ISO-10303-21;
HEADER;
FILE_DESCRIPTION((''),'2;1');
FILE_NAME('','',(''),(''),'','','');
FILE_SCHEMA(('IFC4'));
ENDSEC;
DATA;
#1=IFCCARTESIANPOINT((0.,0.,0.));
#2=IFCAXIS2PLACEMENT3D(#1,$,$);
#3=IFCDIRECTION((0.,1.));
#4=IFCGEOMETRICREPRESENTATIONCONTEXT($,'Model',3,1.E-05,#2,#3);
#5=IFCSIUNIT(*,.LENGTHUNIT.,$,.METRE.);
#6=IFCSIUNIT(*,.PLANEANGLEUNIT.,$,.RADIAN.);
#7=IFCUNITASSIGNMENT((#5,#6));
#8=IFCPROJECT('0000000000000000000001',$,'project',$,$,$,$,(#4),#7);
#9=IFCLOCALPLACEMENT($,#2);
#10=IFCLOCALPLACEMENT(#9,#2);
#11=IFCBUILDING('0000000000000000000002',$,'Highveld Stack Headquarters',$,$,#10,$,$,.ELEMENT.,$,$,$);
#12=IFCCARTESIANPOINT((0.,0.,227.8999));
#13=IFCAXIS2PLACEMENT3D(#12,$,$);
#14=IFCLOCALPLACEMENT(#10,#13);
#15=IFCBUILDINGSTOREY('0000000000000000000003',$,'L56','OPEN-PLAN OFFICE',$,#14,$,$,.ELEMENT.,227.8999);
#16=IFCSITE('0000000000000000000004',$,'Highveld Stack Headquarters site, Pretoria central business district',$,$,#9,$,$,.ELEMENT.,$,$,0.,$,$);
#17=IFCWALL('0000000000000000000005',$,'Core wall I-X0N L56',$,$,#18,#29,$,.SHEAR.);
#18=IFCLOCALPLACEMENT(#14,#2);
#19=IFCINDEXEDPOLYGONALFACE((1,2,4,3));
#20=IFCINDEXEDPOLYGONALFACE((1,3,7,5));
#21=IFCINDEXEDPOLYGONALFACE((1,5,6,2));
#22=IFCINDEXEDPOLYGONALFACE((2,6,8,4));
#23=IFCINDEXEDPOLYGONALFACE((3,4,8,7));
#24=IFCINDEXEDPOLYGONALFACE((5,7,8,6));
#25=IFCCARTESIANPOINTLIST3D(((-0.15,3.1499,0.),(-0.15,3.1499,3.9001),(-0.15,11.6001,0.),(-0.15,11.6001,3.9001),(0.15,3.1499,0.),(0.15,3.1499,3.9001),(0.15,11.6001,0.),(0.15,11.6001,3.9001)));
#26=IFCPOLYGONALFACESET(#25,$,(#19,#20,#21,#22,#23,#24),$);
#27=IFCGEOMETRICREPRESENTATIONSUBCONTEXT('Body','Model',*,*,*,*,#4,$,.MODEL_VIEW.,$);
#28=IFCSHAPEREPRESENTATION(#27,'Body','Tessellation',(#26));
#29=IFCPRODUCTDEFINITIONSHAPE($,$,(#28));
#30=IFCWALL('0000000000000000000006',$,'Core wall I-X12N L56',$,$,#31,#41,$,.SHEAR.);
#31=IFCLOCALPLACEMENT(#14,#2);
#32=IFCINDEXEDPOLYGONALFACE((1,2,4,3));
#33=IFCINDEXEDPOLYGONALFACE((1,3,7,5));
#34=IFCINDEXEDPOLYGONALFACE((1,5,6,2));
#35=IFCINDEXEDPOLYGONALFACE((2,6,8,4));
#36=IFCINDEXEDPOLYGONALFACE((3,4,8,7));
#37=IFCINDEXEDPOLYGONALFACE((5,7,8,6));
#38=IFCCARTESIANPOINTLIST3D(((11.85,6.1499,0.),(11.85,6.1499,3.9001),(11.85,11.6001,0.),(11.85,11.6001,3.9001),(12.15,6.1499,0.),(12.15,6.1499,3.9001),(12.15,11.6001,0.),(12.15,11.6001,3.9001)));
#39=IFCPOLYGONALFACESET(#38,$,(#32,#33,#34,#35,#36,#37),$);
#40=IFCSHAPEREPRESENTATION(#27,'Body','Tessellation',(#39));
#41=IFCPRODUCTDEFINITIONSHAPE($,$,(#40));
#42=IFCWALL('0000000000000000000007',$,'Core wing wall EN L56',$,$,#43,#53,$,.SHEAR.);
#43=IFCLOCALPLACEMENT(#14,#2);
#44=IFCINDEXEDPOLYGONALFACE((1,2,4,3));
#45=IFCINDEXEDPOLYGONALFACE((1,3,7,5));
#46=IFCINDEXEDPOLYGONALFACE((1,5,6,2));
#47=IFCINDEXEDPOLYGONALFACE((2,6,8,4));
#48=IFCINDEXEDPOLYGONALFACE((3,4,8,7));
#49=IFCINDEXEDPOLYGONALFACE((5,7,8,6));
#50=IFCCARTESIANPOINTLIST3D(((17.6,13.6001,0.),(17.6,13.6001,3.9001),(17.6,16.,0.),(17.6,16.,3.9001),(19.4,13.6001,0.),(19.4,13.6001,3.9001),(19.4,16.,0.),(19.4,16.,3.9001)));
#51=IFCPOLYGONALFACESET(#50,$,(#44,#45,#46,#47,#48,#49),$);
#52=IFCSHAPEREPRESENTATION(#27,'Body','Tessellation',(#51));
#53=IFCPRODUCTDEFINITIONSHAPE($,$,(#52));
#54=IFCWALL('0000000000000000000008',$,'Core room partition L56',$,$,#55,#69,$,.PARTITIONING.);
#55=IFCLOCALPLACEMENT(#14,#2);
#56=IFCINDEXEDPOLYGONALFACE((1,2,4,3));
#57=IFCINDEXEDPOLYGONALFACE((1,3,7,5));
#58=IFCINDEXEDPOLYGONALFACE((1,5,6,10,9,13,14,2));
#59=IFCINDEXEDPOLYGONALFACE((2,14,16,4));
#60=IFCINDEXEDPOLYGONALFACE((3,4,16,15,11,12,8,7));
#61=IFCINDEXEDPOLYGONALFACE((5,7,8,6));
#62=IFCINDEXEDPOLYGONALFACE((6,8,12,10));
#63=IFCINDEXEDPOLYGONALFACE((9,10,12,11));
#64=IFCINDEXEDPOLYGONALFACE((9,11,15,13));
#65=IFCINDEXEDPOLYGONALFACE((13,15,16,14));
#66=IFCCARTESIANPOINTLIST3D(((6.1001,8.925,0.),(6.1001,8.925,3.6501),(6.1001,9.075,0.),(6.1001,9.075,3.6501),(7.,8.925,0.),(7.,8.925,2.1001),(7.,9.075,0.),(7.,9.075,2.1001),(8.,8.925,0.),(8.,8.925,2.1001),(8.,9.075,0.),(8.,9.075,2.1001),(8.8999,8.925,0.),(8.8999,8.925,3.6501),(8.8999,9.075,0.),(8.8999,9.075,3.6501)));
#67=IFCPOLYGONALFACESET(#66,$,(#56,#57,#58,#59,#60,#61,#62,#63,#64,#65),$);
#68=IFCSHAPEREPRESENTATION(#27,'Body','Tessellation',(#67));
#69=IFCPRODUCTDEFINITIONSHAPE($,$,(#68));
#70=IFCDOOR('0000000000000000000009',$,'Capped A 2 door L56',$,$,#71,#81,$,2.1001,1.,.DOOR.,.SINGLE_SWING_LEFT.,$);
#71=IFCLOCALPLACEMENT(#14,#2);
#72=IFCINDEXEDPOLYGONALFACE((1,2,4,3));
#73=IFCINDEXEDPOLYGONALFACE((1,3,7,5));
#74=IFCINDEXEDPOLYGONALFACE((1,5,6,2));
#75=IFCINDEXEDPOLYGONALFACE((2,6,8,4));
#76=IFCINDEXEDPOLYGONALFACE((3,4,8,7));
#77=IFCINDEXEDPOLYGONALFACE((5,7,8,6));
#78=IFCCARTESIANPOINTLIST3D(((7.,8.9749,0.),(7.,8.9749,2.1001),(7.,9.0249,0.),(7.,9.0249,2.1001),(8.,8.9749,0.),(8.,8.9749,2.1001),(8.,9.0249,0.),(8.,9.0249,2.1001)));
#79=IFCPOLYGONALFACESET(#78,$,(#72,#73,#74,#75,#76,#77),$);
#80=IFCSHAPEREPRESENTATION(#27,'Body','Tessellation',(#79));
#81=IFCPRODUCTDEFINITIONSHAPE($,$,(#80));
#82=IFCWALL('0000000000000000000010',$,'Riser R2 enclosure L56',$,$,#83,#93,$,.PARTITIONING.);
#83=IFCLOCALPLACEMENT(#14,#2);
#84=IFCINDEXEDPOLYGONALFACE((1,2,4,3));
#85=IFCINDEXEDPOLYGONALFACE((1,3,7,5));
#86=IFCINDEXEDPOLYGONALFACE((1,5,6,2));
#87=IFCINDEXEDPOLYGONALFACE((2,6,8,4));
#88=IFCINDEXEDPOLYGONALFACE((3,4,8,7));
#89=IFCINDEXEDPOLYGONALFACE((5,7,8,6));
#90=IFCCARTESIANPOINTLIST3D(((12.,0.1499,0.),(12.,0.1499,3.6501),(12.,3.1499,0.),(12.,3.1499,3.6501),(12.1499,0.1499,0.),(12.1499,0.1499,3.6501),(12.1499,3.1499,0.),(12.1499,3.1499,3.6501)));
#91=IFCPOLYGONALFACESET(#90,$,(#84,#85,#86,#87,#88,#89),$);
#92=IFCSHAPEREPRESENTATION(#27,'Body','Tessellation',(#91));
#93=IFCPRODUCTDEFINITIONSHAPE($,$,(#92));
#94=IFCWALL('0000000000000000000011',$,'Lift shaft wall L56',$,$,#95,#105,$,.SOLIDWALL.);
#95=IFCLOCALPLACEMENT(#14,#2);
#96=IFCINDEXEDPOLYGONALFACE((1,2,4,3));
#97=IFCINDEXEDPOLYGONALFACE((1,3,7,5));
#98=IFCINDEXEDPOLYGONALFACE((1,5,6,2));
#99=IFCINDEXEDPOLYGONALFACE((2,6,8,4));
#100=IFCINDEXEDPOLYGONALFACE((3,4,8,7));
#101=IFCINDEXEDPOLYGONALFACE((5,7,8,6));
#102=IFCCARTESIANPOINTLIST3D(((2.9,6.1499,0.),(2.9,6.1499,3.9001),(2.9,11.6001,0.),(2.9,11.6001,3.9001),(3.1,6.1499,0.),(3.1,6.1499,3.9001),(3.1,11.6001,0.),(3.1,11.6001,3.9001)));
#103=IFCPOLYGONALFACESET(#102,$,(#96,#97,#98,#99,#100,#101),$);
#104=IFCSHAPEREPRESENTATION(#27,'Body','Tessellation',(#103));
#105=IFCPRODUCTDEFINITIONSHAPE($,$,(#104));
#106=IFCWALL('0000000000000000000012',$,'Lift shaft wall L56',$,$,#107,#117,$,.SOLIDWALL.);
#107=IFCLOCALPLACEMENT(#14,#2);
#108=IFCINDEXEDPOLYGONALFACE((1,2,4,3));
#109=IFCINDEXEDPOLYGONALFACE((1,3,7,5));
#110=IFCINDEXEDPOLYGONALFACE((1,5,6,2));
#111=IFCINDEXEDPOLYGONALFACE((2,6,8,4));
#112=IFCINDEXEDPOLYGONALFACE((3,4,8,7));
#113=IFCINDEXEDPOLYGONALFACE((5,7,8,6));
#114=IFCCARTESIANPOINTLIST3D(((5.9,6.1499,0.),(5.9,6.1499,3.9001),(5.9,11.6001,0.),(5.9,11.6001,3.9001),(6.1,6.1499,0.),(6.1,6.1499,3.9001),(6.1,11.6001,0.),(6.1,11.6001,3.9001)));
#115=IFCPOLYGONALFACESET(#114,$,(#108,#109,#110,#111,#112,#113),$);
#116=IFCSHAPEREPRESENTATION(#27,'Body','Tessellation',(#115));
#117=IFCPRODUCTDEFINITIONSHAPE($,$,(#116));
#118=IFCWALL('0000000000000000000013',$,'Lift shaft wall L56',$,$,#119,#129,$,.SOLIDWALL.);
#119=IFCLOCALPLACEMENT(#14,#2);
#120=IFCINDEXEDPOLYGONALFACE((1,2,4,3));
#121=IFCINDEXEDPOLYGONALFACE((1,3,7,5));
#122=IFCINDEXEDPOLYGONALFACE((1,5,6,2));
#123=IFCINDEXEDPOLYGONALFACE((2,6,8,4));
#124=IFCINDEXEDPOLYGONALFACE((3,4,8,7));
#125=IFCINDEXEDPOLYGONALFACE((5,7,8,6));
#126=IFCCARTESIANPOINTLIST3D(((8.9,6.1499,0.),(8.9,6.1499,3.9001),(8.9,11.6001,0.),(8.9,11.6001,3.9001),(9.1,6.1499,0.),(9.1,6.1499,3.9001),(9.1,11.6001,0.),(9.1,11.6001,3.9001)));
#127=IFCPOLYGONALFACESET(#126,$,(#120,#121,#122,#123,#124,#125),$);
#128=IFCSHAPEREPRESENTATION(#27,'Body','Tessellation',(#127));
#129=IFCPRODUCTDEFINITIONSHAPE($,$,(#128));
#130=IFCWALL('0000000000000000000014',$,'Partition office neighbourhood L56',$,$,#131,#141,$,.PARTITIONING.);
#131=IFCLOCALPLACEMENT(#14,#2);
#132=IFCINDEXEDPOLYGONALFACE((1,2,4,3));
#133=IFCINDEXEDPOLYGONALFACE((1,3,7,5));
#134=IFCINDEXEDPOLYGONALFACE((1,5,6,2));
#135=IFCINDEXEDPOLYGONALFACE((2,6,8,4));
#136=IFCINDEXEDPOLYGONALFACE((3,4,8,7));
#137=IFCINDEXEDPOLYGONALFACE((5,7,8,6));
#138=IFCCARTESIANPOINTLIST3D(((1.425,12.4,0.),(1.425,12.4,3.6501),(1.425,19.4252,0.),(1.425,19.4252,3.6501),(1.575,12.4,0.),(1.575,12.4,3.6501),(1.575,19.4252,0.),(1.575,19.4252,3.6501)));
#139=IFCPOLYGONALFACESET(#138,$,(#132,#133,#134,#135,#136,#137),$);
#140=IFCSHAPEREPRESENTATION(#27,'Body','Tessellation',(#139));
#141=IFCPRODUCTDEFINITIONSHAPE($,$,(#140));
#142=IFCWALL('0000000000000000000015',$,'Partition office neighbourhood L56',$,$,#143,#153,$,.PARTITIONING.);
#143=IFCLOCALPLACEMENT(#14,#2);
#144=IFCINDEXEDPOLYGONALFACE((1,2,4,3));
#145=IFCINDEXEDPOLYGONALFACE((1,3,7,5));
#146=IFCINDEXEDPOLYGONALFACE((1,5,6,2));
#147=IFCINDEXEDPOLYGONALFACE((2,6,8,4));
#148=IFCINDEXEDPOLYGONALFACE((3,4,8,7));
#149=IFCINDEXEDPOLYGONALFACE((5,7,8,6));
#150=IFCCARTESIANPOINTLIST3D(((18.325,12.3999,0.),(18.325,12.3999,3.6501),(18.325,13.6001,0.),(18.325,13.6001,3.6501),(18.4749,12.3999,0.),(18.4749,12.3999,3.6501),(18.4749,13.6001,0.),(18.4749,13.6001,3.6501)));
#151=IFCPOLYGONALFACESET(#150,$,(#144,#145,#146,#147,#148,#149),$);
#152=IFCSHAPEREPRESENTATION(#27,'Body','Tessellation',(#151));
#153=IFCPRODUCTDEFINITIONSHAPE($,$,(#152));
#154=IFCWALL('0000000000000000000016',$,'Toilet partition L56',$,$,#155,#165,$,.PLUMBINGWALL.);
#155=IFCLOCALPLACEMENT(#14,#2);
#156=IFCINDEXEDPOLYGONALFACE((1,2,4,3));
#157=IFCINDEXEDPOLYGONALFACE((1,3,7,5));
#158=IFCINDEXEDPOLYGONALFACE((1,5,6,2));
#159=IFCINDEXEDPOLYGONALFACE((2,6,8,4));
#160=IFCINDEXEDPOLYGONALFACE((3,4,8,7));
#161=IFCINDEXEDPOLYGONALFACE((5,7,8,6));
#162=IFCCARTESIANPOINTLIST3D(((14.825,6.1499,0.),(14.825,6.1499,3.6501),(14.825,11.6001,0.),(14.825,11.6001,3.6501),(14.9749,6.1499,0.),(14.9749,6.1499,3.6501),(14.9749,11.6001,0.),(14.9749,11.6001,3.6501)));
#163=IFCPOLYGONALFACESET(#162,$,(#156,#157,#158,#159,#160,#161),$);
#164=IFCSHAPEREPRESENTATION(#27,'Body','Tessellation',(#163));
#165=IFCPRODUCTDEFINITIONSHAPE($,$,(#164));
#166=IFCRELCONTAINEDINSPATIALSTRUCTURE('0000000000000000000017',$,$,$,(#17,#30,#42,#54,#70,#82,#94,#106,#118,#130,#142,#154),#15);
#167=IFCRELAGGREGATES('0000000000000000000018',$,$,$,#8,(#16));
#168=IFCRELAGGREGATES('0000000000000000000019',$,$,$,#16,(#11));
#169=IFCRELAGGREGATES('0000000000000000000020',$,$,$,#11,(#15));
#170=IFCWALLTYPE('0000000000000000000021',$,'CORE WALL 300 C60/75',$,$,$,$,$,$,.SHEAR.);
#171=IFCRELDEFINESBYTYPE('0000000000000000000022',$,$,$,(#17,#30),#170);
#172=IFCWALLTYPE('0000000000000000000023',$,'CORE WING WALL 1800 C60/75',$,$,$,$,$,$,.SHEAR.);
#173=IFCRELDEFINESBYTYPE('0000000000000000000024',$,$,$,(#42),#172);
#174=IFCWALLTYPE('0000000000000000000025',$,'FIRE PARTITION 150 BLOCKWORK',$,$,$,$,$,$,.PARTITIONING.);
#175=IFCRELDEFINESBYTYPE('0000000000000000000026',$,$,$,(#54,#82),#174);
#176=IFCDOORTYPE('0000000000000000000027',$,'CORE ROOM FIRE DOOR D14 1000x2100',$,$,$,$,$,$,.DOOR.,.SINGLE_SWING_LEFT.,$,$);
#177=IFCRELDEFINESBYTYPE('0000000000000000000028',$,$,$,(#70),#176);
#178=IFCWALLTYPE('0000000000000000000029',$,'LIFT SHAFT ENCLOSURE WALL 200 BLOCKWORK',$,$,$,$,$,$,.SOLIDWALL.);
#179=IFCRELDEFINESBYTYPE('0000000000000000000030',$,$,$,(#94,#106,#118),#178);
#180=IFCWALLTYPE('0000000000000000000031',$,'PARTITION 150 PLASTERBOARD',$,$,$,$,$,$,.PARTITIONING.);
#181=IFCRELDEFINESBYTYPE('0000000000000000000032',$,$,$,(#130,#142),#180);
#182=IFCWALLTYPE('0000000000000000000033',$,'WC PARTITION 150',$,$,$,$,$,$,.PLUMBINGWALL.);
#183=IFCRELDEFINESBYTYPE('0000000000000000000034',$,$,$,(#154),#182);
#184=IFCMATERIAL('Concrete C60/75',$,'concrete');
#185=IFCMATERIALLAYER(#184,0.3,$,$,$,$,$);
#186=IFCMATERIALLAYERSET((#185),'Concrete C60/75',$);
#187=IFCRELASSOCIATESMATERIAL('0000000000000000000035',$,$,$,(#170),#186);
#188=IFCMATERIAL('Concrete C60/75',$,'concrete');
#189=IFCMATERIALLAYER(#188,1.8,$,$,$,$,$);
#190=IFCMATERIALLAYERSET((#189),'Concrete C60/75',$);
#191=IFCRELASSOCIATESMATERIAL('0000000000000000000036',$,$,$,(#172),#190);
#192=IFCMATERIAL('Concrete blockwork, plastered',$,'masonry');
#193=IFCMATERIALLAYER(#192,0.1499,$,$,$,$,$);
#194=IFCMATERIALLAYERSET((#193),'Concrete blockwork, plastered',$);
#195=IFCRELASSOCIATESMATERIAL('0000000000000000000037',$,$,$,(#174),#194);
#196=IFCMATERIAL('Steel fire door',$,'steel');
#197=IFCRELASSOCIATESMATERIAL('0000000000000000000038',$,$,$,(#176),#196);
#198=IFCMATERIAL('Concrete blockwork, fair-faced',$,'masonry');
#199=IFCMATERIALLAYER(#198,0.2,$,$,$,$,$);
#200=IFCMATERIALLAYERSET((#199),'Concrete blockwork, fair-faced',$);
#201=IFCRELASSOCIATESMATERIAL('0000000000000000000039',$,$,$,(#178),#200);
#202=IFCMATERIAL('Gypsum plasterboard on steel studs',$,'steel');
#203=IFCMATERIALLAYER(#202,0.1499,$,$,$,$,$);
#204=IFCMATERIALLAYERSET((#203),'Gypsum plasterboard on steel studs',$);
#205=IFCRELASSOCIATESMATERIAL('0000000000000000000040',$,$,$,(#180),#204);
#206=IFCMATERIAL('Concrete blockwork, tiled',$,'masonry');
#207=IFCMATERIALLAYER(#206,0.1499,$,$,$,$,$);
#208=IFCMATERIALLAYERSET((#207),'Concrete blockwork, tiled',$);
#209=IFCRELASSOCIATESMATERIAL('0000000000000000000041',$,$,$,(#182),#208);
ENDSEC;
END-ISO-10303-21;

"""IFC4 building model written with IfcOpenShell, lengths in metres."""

from ifc_helpers import new_model, si_unit, direction, frame, frame_2d, origin, place, context, subcontext, project, spatial, rectangle, extrude, material, layer, layer_set, type_object, element, fill, save


model = new_model("IFC4")

# Units and contexts
model_context = context("Model", 3, precision=1e-05, world=origin(), true_north=direction((0.0, 1.0)))
body_context = subcontext(model_context, "Body", "Model", "MODEL_VIEW")
ifc_project = project(units=[si_unit("LENGTHUNIT", "METRE"), si_unit("PLANEANGLEUNIT", "RADIAN")], contexts=[model_context])

# Site, building, storey
site_placement = place(None, origin())
site = spatial("IfcSite", under=ifc_project, at=site_placement, Name="Highveld Stack Headquarters site, Pretoria central business district", CompositionType="ELEMENT", RefElevation=0.0)
building_placement = place(site_placement, origin())
building = spatial("IfcBuilding", under=site, at=building_placement, Name="Highveld Stack Headquarters", CompositionType="ELEMENT")
storey_placement = place(building_placement, frame((0.0, 0.0, 227.8999)))
storey = spatial("IfcBuildingStorey", under=building, at=storey_placement, Name="L56", Description="OPEN-PLAN OFFICE", CompositionType="ELEMENT", Elevation=227.8999)

# Shared definitions
ifc_material_1 = material(Name="Concrete C60/75", Category="concrete")
ifc_layer_1 = layer(ifc_material_1, 0.3)
ifc_layer_set_1 = layer_set([ifc_layer_1], Name="Concrete C60/75")
wall_type_1 = type_object("IfcWallType", Name="CORE WALL 300 C60/75", PredefinedType="SHEAR", material=ifc_layer_set_1)

# Walls
wall_1_placement = place(storey_placement, frame((0.0, 3.1499, 0.0), z_axis=(0.0, 0.0, 1.0), x_axis=(0.0, 1.0, 0.0)))
element("IfcWall", 1, at=wall_1_placement, inside=storey, type_object=wall_type_1, Name="Core wall I-X0N L56", PredefinedType="SHEAR", context=body_context, shape_type="SweptSolid", body=[
    extrude(rectangle(XDim=8.4502, YDim=0.3, at=frame_2d((4.2251, 0.0))), origin(), (0.0, 0.0, 1.0), 3.9001),
])
wall_2_placement = place(storey_placement, frame((12.0, 6.1499, 0.0), z_axis=(0.0, 0.0, 1.0), x_axis=(0.0, 1.0, 0.0)))
element("IfcWall", 2, at=wall_2_placement, inside=storey, type_object=wall_type_1, Name="Core wall I-X12N L56", PredefinedType="SHEAR", context=body_context, shape_type="SweptSolid", body=[
    extrude(rectangle(XDim=5.4502, YDim=0.3, at=frame_2d((2.7251, 0.0))), origin(), (0.0, 0.0, 1.0), 3.9001),
])
ifc_material_2 = material(Name="Concrete C60/75", Category="concrete")
ifc_layer_2 = layer(ifc_material_2, 1.8)
ifc_layer_set_2 = layer_set([ifc_layer_2], Name="Concrete C60/75")
wall_type_2 = type_object("IfcWallType", Name="CORE WING WALL 1800 C60/75", PredefinedType="SHEAR", material=ifc_layer_set_2)
wall_3_placement = place(storey_placement, frame((18.5, 13.6001, 0.0), z_axis=(0.0, 0.0, 1.0), x_axis=(0.0, 1.0, 0.0)))
element("IfcWall", 3, at=wall_3_placement, inside=storey, type_object=wall_type_2, Name="Core wing wall EN L56", PredefinedType="SHEAR", context=body_context, shape_type="SweptSolid", body=[
    extrude(rectangle(XDim=2.3999, YDim=1.8, at=frame_2d((1.2, 0.0))), origin(), (0.0, 0.0, 1.0), 3.9001),
])

# Wall, opening, door
ifc_material_3 = material(Name="Concrete blockwork, plastered", Category="masonry")
ifc_layer_3 = layer(ifc_material_3, 0.1499)
ifc_layer_set_3 = layer_set([ifc_layer_3], Name="Concrete blockwork, plastered")
wall_type_3 = type_object("IfcWallType", Name="FIRE PARTITION 150 BLOCKWORK", PredefinedType="PARTITIONING", material=ifc_layer_set_3)
wall_4_placement = place(storey_placement, frame((6.1001, 9.0, 0.0), z_axis=(0.0, 0.0, 1.0), x_axis=(1.0, 0.0, 0.0)))
wall_4 = element("IfcWall", 4, at=wall_4_placement, inside=storey, type_object=wall_type_3, Name="Core room partition L56", PredefinedType="PARTITIONING", context=body_context, shape_type="SweptSolid", body=[
    extrude(rectangle(XDim=2.7998, YDim=0.1499, at=frame_2d((1.3999, 0.0))), origin(), (0.0, 0.0, 1.0), 3.6501),
])
opening_1_placement = place(wall_4_placement, frame((0.8999, 0.0, 0.0)))
opening_1 = element("IfcOpeningElement", 5, at=opening_1_placement, cuts=wall_4, PredefinedType="OPENING", context=body_context, shape_type="SweptSolid", body=[
    extrude(rectangle(XDim=1.0, YDim=2.1001, at=frame_2d((0.5, 1.05))), frame((0.0, 0.085, 0.0), z_axis=(0.0, -1.0, 0.0), x_axis=(1.0, 0.0, 0.0)), (0.0, 0.0, 1.0), 0.1699),
])
ifc_material_4 = material(Name="Steel fire door", Category="steel")
door_type_1 = type_object("IfcDoorType", Name="CORE ROOM FIRE DOOR D14 1000x2100", OperationType="SINGLE_SWING_LEFT", PredefinedType="DOOR", material=ifc_material_4)
door_1_placement = place(opening_1_placement, origin())
door_1 = element("IfcDoor", 6, at=door_1_placement, inside=storey, type_object=door_type_1, Name="Capped A 2 door L56", OperationType="SINGLE_SWING_LEFT", OverallHeight=2.1001, OverallWidth=1.0, PredefinedType="DOOR", context=body_context, shape_type="SweptSolid", body=[
    extrude(rectangle(XDim=1.0, YDim=2.1001, at=frame_2d((0.5, 1.05))), frame((0.0, 0.0249, 0.0), z_axis=(0.0, -1.0, 0.0), x_axis=(1.0, 0.0, 0.0)), (0.0, 0.0, 1.0), 0.05),
])
fill(opening_1, door_1)

# Walls
wall_5_placement = place(storey_placement, frame((12.075, 0.1499, 0.0), z_axis=(0.0, 0.0, 1.0), x_axis=(0.0, 1.0, 0.0)))
element("IfcWall", 7, at=wall_5_placement, inside=storey, type_object=wall_type_3, Name="Riser R2 enclosure L56", PredefinedType="PARTITIONING", context=body_context, shape_type="SweptSolid", body=[
    extrude(rectangle(XDim=3.0, YDim=0.1499, at=frame_2d((1.5, 0.0))), origin(), (0.0, 0.0, 1.0), 3.6501),
])
ifc_material_5 = material(Name="Concrete blockwork, fair-faced", Category="masonry")
ifc_layer_4 = layer(ifc_material_5, 0.2)
ifc_layer_set_4 = layer_set([ifc_layer_4], Name="Concrete blockwork, fair-faced")
wall_type_4 = type_object("IfcWallType", Name="LIFT SHAFT ENCLOSURE WALL 200 BLOCKWORK", PredefinedType="SOLIDWALL", material=ifc_layer_set_4)
for number, where, z_axis, x_axis, name in (
    (8, (3.0, 6.1499, 0.0), (0.0, 0.0, 1.0), (0.0, 1.0, 0.0), "Lift shaft wall L56"),
    (9, (6.0, 6.1499, 0.0), (0.0, 0.0, 1.0), (0.0, 1.0, 0.0), "Lift shaft wall L56"),
    (10, (9.0, 6.1499, 0.0), (0.0, 0.0, 1.0), (0.0, 1.0, 0.0), "Lift shaft wall L56"),
):
    element("IfcWall", number, at=place(storey_placement, frame(where, z_axis=z_axis, x_axis=x_axis)), inside=storey, type_object=wall_type_4, Name=name, PredefinedType="SOLIDWALL", context=body_context, shape_type="SweptSolid", body=[
        extrude(rectangle(XDim=5.4502, YDim=0.2, at=frame_2d((2.7251, 0.0))), origin(), (0.0, 0.0, 1.0), 3.9001),
    ])
ifc_material_6 = material(Name="Gypsum plasterboard on steel studs", Category="steel")
ifc_layer_5 = layer(ifc_material_6, 0.1499)
ifc_layer_set_5 = layer_set([ifc_layer_5], Name="Gypsum plasterboard on steel studs")
wall_type_5 = type_object("IfcWallType", Name="PARTITION 150 PLASTERBOARD", PredefinedType="PARTITIONING", material=ifc_layer_set_5)
wall_6_placement = place(storey_placement, frame((1.5, 12.3999, 0.0), z_axis=(0.0, 0.0, 1.0), x_axis=(0.0, 1.0, 0.0)))
element("IfcWall", 11, at=wall_6_placement, inside=storey, type_object=wall_type_5, Name="Partition office neighbourhood L56", PredefinedType="PARTITIONING", context=body_context, shape_type="SweptSolid", body=[
    extrude(rectangle(XDim=7.0251, YDim=0.1499, at=frame_2d((3.5127, 0.0))), origin(), (0.0, 0.0, 1.0), 3.6501),
])
wall_7_placement = place(storey_placement, frame((18.3999, 12.3999, 0.0), z_axis=(0.0, 0.0, 1.0), x_axis=(0.0, 1.0, 0.0)))
element("IfcWall", 12, at=wall_7_placement, inside=storey, type_object=wall_type_5, Name="Partition office neighbourhood L56", PredefinedType="PARTITIONING", context=body_context, shape_type="SweptSolid", body=[
    extrude(rectangle(XDim=1.2002, YDim=0.1499, at=frame_2d((0.6001, 0.0))), origin(), (0.0, 0.0, 1.0), 3.6501),
])
ifc_material_7 = material(Name="Concrete blockwork, tiled", Category="masonry")
ifc_layer_6 = layer(ifc_material_7, 0.1499)
ifc_layer_set_6 = layer_set([ifc_layer_6], Name="Concrete blockwork, tiled")
wall_type_6 = type_object("IfcWallType", Name="WC PARTITION 150", PredefinedType="PLUMBINGWALL", material=ifc_layer_set_6)
wall_8_placement = place(storey_placement, frame((14.8999, 6.1499, 0.0), z_axis=(0.0, 0.0, 1.0), x_axis=(0.0, 1.0, 0.0)))
element("IfcWall", 13, at=wall_8_placement, inside=storey, type_object=wall_type_6, Name="Toilet partition L56", PredefinedType="PLUMBINGWALL", context=body_context, shape_type="SweptSolid", body=[
    extrude(rectangle(XDim=5.4502, YDim=0.1499, at=frame_2d((2.7251, 0.0))), origin(), (0.0, 0.0, 1.0), 3.6501),
])

save(model, "model.ifc")
